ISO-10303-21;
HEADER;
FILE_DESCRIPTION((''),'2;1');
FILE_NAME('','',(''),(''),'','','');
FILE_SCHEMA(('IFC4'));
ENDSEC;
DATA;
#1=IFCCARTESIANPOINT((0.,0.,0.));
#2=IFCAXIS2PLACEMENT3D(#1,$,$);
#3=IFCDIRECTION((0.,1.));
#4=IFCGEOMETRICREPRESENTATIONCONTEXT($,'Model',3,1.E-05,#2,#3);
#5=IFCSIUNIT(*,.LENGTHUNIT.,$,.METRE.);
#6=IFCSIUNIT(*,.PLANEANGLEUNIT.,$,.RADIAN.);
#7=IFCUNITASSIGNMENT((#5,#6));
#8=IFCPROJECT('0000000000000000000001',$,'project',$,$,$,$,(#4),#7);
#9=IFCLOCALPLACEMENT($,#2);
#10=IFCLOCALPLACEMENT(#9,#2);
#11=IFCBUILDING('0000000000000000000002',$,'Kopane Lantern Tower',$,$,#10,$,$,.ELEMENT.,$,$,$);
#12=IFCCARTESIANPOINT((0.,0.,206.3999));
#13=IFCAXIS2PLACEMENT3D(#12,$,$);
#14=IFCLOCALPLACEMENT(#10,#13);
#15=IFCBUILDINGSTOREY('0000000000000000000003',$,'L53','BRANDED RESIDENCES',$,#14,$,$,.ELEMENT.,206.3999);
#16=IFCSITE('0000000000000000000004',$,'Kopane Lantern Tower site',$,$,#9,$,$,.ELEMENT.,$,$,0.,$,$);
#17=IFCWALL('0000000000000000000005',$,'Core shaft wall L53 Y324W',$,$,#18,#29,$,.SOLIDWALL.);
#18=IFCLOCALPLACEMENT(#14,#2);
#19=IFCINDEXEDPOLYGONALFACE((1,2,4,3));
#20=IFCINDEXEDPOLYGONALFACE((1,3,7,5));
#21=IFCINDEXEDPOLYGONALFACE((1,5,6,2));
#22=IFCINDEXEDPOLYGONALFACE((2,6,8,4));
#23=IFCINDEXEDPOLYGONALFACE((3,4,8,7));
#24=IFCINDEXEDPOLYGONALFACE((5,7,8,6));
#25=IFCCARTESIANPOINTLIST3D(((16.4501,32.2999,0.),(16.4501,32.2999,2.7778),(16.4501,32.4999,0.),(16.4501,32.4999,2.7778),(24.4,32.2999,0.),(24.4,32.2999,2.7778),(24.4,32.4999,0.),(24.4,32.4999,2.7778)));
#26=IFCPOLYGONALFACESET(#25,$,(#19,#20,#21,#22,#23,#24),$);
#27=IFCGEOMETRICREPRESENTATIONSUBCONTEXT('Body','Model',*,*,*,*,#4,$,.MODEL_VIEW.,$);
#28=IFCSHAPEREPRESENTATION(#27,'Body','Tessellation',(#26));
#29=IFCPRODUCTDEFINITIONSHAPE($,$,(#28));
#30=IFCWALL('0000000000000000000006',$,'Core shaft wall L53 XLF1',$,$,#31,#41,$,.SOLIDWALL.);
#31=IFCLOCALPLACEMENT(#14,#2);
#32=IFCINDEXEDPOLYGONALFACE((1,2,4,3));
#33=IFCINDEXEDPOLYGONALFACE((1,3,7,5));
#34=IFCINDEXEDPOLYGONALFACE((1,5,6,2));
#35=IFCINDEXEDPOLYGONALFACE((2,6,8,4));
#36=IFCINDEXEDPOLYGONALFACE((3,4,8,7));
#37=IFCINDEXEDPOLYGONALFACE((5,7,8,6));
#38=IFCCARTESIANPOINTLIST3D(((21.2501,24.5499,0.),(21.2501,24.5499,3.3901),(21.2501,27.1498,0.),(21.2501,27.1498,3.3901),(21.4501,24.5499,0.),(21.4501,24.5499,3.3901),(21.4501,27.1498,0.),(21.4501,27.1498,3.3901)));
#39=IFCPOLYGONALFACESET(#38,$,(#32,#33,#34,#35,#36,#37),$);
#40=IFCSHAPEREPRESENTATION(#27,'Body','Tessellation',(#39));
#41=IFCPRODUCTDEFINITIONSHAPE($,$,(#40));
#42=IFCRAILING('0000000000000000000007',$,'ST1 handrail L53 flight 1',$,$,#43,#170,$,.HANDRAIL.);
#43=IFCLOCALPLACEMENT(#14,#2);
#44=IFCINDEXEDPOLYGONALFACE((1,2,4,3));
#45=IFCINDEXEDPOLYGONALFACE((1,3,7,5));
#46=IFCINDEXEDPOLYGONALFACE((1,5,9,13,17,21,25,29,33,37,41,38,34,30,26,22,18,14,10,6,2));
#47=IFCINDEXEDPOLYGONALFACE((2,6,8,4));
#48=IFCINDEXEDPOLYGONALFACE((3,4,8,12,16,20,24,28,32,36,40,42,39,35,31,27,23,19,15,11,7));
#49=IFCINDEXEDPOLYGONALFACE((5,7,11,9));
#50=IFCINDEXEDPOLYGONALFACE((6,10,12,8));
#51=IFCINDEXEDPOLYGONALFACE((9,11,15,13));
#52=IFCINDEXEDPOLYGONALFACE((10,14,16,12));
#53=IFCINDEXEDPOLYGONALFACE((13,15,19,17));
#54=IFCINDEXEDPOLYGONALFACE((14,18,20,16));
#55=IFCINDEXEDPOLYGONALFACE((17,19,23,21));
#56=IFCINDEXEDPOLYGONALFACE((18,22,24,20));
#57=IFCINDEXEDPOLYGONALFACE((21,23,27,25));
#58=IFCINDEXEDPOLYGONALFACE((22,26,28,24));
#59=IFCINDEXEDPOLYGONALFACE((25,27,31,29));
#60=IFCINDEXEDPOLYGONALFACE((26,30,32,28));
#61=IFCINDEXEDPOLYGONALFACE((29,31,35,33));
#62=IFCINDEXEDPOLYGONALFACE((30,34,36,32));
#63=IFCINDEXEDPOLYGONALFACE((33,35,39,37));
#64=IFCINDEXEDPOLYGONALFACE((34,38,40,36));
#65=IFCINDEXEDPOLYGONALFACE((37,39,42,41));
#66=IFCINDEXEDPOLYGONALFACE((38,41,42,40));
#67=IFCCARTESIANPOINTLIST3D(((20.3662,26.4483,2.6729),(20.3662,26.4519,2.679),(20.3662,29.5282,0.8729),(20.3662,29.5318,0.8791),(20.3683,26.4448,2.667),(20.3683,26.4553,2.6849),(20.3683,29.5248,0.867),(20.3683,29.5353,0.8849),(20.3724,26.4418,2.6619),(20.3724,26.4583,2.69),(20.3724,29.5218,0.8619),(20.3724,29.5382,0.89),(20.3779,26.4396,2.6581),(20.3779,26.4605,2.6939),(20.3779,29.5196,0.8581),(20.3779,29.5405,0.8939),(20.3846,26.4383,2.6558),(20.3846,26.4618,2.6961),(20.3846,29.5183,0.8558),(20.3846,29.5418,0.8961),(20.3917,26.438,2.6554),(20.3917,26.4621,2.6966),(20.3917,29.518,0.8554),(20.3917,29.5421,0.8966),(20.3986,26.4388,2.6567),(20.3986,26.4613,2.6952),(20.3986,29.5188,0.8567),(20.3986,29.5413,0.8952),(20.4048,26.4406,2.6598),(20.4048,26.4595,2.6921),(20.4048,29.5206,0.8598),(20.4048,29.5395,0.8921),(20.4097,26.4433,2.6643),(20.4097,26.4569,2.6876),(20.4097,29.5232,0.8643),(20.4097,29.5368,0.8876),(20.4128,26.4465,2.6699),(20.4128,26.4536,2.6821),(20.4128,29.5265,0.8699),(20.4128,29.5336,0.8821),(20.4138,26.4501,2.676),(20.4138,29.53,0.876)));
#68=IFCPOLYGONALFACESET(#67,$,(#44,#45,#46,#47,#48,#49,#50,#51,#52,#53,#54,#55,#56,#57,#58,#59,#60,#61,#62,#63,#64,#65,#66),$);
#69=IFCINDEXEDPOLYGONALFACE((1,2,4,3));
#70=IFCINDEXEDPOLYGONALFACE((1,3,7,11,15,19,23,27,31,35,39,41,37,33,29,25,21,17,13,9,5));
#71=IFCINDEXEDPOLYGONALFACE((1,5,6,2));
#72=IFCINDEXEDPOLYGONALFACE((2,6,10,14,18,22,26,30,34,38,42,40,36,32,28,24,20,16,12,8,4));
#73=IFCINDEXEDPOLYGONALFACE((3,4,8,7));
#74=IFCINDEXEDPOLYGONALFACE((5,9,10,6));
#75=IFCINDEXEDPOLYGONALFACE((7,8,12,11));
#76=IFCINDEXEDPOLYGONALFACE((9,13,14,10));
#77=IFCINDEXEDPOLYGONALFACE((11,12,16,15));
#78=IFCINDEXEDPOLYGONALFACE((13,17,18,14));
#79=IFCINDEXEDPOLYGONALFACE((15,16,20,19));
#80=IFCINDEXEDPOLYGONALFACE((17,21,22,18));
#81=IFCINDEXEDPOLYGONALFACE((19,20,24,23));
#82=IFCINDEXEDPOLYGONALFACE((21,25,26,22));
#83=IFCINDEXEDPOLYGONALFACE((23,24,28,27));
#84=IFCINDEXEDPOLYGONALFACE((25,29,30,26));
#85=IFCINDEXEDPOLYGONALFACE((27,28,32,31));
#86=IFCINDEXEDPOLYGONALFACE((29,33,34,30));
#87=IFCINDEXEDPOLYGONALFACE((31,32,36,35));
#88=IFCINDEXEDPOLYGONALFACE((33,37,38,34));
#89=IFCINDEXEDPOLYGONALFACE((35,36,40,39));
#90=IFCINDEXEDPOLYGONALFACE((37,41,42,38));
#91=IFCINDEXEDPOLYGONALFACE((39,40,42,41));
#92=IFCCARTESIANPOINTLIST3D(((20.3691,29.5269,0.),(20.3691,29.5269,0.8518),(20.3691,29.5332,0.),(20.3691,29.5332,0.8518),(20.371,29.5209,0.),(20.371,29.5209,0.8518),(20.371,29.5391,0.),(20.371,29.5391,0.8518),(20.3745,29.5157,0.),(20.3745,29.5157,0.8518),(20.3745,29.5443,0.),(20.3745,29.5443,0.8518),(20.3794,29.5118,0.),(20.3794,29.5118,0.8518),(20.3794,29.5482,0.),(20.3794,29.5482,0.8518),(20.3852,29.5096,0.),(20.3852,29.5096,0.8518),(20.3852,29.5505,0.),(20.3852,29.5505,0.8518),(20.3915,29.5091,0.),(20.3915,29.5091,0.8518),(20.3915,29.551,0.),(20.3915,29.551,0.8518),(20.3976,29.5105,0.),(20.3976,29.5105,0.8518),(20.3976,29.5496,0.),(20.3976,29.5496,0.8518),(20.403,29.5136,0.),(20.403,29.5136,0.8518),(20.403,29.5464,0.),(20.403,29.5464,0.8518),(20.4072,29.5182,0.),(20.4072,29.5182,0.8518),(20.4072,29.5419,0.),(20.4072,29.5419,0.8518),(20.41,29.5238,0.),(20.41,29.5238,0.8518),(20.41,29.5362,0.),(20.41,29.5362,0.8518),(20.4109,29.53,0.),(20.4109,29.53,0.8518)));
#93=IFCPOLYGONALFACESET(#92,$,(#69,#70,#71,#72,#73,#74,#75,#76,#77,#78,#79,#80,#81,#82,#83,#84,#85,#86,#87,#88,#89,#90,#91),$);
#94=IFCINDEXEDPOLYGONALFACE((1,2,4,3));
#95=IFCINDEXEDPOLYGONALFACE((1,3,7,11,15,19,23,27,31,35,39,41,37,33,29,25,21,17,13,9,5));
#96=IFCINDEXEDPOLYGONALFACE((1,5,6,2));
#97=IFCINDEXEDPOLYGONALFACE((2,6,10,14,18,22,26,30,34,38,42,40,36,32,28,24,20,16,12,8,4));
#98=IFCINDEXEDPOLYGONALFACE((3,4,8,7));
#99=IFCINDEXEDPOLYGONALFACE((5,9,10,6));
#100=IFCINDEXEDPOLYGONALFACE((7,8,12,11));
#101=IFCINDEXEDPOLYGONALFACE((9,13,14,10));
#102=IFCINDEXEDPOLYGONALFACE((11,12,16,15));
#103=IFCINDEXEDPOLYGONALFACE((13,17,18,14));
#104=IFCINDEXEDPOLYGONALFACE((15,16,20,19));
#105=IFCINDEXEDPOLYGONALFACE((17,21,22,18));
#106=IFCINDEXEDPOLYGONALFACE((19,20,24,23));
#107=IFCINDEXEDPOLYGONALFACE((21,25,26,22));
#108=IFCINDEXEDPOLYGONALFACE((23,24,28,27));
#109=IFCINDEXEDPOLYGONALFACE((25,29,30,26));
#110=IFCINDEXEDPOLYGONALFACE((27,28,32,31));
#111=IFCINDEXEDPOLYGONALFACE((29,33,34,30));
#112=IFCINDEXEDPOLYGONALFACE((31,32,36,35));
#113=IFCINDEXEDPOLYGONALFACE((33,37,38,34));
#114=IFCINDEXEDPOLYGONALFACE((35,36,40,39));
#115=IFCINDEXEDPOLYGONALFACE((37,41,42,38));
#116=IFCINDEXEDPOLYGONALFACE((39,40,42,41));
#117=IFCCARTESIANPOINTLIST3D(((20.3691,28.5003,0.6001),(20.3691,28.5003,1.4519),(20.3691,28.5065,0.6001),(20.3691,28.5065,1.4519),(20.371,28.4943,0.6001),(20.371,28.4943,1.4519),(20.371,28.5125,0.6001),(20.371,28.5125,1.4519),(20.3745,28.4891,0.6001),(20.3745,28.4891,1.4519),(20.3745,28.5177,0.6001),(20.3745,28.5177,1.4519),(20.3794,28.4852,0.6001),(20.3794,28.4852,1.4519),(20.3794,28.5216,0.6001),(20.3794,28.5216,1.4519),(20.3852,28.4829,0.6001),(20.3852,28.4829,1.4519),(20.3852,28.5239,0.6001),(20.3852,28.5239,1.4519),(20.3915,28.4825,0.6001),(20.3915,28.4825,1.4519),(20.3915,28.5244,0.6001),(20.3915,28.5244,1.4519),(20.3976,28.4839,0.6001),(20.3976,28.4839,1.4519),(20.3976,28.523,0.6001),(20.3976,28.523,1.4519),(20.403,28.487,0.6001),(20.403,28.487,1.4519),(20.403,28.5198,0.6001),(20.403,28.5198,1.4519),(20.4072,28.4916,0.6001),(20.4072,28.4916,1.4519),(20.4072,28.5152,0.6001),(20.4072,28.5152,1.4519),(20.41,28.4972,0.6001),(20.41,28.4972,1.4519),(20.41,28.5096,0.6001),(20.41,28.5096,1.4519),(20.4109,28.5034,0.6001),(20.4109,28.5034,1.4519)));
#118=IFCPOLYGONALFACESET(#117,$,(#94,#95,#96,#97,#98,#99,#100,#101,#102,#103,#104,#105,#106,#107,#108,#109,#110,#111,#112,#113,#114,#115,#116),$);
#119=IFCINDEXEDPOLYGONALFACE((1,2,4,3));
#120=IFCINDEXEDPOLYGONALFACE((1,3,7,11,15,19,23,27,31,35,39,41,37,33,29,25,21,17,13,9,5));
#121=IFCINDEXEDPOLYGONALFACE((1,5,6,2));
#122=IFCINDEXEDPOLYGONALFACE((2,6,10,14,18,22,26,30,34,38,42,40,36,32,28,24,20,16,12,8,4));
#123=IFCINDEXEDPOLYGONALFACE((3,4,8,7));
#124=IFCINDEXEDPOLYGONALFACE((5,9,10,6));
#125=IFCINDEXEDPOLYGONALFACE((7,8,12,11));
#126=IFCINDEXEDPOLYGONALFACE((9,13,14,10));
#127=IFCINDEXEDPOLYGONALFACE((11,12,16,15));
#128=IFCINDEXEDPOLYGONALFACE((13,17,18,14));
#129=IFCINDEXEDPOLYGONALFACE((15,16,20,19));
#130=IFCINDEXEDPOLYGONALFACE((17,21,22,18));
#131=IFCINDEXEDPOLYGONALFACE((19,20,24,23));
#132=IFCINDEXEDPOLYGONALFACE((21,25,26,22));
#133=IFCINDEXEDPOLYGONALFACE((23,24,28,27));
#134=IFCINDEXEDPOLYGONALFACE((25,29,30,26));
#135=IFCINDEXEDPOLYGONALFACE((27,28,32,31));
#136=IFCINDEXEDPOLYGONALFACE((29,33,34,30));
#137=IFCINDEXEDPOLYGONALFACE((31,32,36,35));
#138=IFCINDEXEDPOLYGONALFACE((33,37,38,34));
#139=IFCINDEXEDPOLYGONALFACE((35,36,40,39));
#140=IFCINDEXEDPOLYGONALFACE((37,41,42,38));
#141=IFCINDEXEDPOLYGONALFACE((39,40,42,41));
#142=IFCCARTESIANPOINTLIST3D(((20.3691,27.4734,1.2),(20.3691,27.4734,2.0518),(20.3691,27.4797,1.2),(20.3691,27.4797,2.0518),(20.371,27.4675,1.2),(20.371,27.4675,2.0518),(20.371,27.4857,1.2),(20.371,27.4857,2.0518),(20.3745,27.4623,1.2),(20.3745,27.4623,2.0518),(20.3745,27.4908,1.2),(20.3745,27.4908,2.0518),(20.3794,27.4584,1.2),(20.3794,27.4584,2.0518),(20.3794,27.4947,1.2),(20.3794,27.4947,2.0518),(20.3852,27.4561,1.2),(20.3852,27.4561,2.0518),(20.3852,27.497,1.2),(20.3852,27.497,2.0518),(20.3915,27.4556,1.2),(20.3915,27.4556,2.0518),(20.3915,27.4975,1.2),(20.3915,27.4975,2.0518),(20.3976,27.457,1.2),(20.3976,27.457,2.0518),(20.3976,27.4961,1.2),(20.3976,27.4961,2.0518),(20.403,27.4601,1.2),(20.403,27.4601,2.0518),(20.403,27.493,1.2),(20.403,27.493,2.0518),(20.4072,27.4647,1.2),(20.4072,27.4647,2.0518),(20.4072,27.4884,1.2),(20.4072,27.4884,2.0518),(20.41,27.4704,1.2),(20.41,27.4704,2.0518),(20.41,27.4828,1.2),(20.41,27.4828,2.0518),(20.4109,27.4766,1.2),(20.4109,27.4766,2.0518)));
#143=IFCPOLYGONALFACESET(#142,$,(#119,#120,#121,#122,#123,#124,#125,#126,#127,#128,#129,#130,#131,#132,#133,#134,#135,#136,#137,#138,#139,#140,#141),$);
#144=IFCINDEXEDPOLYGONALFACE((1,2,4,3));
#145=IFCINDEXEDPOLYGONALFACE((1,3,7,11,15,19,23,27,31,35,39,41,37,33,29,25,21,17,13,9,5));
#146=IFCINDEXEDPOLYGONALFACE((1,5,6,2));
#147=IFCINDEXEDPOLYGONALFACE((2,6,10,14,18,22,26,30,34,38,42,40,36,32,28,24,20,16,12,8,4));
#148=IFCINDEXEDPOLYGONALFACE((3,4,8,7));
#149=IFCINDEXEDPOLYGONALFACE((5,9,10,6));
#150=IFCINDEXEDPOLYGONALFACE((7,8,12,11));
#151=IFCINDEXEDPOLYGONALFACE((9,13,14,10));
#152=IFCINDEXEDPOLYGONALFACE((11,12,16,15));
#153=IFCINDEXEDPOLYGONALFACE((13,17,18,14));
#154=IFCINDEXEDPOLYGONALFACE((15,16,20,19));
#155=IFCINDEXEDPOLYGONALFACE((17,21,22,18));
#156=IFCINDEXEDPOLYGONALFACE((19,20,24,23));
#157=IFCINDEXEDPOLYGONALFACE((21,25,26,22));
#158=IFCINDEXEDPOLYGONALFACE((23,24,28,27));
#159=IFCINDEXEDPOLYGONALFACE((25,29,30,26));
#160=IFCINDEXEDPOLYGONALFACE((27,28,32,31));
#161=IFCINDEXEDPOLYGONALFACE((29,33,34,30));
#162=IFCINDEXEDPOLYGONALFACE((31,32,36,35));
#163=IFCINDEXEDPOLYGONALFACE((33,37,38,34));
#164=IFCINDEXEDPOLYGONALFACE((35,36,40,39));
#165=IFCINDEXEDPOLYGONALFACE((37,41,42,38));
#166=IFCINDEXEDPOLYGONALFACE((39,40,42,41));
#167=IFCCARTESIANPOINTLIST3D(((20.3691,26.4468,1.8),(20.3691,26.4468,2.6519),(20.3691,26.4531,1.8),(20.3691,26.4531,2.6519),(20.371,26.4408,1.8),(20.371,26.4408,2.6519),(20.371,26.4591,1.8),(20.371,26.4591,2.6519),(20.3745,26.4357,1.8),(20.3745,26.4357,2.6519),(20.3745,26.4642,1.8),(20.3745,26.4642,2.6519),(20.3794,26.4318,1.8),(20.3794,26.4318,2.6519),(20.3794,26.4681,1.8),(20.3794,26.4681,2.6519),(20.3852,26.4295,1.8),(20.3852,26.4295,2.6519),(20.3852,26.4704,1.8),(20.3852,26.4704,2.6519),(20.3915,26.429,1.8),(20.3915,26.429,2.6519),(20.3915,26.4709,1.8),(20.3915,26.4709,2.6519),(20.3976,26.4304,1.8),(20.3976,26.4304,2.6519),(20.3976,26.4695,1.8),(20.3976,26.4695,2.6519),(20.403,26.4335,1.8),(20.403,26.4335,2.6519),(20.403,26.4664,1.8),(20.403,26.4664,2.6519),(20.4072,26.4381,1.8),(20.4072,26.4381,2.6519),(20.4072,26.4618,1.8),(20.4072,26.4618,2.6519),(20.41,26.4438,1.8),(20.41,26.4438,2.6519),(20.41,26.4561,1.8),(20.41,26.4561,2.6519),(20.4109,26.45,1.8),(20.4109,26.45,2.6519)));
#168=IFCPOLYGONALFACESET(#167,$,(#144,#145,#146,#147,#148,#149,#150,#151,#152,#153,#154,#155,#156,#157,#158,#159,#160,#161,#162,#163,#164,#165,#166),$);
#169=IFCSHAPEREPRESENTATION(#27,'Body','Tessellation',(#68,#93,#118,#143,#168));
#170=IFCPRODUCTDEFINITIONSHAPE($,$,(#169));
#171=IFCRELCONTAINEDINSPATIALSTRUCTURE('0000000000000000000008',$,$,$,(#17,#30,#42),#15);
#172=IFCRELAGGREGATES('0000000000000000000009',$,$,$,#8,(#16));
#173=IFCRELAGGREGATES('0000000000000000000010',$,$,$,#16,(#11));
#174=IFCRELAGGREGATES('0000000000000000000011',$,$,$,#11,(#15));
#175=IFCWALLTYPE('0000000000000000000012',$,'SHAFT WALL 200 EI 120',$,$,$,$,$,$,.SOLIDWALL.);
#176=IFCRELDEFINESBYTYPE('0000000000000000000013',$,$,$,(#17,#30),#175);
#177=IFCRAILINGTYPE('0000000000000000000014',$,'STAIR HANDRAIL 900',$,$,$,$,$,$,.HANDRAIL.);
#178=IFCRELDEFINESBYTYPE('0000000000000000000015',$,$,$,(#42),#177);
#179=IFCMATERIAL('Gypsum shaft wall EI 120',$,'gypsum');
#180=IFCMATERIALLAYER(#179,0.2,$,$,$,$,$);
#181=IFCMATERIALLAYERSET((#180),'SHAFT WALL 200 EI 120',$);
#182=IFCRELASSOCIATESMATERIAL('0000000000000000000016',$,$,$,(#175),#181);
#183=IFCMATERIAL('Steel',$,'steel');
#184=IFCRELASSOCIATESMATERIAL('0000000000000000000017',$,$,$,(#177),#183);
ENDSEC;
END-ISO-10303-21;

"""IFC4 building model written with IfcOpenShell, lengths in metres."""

from ifc_helpers import new_model, si_unit, direction, frame, frame_2d, origin, origin_2d, place, context, subcontext, project, spatial, rectangle, circle, extrude, material, layer, layer_set, type_object, element, save


model = new_model("IFC4")

# Units and contexts
model_context = context("Model", 3, precision=1e-05, world=origin(), true_north=direction((0.0, 1.0)))
body_context = subcontext(model_context, "Body", "Model", "MODEL_VIEW")
ifc_project = project(units=[si_unit("LENGTHUNIT", "METRE"), si_unit("PLANEANGLEUNIT", "RADIAN")], contexts=[model_context])

# Site, building, storey
site_placement = place(None, origin())
site = spatial("IfcSite", under=ifc_project, at=site_placement, Name="Kopane Lantern Tower site", CompositionType="ELEMENT", RefElevation=0.0)
building_placement = place(site_placement, origin())
building = spatial("IfcBuilding", under=site, at=building_placement, Name="Kopane Lantern Tower", CompositionType="ELEMENT")
storey_placement = place(building_placement, frame((0.0, 0.0, 206.3999)))
storey = spatial("IfcBuildingStorey", under=building, at=storey_placement, Name="L53", Description="BRANDED RESIDENCES", CompositionType="ELEMENT", Elevation=206.3999)

# Walls
ifc_material_1 = material(Name="Gypsum shaft wall EI 120", Category="gypsum")
ifc_layer_1 = layer(ifc_material_1, 0.2)
ifc_layer_set_1 = layer_set([ifc_layer_1], Name="SHAFT WALL 200 EI 120")
wall_type_1 = type_object("IfcWallType", Name="SHAFT WALL 200 EI 120", PredefinedType="SOLIDWALL", material=ifc_layer_set_1)
wall_1_placement = place(storey_placement, frame((16.45, 32.3999, 0.0), z_axis=(0.0, 0.0, 1.0), x_axis=(1.0, 0.0, 0.0)))
element("IfcWall", 1, at=wall_1_placement, inside=storey, type_object=wall_type_1, Name="Core shaft wall L53 Y324W", PredefinedType="SOLIDWALL", context=body_context, shape_type="SweptSolid", body=[
    extrude(rectangle(XDim=7.95, YDim=0.2, at=frame_2d((3.9751, 0.0))), origin(), (0.0, 0.0, 1.0), 2.7778),
])
wall_2_placement = place(storey_placement, frame((21.3501, 24.55, 0.0), z_axis=(0.0, 0.0, 1.0), x_axis=(0.0, 1.0, 0.0)))
element("IfcWall", 2, at=wall_2_placement, inside=storey, type_object=wall_type_1, Name="Core shaft wall L53 XLF1", PredefinedType="SOLIDWALL", context=body_context, shape_type="SweptSolid", body=[
    extrude(rectangle(XDim=2.5999, YDim=0.2, at=frame_2d((1.2998, 0.0))), origin(), (0.0, 0.0, 1.0), 3.3901),
])

# Railing
ifc_material_2 = material(Name="Steel", Category="steel")
railing_type_1 = type_object("IfcRailingType", Name="STAIR HANDRAIL 900", PredefinedType="HANDRAIL", material=ifc_material_2)
for number, where, name in (
    (3, (20.3899, 29.53, 0.0), "ST1 handrail L53 flight 1"),
):
    element("IfcRailing", number, at=place(storey_placement, frame(where)), inside=storey, type_object=railing_type_1, Name=name, PredefinedType="HANDRAIL", context=body_context, shape_type="SweptSolid", body=[
        extrude(circle(Radius=0.0239, at=origin_2d()), frame((0.0, 0.0, 0.876), z_axis=(0.0, -0.863372, 0.504569), x_axis=(1.0, 0.0, 0.0)), (0.0, 0.0, 1.0), 3.5674),
        extrude(circle(Radius=0.021, at=origin_2d()), origin(), (0.0, 0.0, 1.0), 0.8518),
        extrude(circle(Radius=0.021, at=origin_2d()), frame((0.0, -1.0266, 0.6001)), (0.0, 0.0, 1.0), 0.8518),
        extrude(circle(Radius=0.021, at=origin_2d()), frame((0.0, -2.0535, 1.2)), (0.0, 0.0, 1.0), 0.8518),
        extrude(circle(Radius=0.021, at=origin_2d()), frame((0.0, -3.0801, 1.8)), (0.0, 0.0, 1.0), 0.8518),
    ])

save(model, "model.ifc")
